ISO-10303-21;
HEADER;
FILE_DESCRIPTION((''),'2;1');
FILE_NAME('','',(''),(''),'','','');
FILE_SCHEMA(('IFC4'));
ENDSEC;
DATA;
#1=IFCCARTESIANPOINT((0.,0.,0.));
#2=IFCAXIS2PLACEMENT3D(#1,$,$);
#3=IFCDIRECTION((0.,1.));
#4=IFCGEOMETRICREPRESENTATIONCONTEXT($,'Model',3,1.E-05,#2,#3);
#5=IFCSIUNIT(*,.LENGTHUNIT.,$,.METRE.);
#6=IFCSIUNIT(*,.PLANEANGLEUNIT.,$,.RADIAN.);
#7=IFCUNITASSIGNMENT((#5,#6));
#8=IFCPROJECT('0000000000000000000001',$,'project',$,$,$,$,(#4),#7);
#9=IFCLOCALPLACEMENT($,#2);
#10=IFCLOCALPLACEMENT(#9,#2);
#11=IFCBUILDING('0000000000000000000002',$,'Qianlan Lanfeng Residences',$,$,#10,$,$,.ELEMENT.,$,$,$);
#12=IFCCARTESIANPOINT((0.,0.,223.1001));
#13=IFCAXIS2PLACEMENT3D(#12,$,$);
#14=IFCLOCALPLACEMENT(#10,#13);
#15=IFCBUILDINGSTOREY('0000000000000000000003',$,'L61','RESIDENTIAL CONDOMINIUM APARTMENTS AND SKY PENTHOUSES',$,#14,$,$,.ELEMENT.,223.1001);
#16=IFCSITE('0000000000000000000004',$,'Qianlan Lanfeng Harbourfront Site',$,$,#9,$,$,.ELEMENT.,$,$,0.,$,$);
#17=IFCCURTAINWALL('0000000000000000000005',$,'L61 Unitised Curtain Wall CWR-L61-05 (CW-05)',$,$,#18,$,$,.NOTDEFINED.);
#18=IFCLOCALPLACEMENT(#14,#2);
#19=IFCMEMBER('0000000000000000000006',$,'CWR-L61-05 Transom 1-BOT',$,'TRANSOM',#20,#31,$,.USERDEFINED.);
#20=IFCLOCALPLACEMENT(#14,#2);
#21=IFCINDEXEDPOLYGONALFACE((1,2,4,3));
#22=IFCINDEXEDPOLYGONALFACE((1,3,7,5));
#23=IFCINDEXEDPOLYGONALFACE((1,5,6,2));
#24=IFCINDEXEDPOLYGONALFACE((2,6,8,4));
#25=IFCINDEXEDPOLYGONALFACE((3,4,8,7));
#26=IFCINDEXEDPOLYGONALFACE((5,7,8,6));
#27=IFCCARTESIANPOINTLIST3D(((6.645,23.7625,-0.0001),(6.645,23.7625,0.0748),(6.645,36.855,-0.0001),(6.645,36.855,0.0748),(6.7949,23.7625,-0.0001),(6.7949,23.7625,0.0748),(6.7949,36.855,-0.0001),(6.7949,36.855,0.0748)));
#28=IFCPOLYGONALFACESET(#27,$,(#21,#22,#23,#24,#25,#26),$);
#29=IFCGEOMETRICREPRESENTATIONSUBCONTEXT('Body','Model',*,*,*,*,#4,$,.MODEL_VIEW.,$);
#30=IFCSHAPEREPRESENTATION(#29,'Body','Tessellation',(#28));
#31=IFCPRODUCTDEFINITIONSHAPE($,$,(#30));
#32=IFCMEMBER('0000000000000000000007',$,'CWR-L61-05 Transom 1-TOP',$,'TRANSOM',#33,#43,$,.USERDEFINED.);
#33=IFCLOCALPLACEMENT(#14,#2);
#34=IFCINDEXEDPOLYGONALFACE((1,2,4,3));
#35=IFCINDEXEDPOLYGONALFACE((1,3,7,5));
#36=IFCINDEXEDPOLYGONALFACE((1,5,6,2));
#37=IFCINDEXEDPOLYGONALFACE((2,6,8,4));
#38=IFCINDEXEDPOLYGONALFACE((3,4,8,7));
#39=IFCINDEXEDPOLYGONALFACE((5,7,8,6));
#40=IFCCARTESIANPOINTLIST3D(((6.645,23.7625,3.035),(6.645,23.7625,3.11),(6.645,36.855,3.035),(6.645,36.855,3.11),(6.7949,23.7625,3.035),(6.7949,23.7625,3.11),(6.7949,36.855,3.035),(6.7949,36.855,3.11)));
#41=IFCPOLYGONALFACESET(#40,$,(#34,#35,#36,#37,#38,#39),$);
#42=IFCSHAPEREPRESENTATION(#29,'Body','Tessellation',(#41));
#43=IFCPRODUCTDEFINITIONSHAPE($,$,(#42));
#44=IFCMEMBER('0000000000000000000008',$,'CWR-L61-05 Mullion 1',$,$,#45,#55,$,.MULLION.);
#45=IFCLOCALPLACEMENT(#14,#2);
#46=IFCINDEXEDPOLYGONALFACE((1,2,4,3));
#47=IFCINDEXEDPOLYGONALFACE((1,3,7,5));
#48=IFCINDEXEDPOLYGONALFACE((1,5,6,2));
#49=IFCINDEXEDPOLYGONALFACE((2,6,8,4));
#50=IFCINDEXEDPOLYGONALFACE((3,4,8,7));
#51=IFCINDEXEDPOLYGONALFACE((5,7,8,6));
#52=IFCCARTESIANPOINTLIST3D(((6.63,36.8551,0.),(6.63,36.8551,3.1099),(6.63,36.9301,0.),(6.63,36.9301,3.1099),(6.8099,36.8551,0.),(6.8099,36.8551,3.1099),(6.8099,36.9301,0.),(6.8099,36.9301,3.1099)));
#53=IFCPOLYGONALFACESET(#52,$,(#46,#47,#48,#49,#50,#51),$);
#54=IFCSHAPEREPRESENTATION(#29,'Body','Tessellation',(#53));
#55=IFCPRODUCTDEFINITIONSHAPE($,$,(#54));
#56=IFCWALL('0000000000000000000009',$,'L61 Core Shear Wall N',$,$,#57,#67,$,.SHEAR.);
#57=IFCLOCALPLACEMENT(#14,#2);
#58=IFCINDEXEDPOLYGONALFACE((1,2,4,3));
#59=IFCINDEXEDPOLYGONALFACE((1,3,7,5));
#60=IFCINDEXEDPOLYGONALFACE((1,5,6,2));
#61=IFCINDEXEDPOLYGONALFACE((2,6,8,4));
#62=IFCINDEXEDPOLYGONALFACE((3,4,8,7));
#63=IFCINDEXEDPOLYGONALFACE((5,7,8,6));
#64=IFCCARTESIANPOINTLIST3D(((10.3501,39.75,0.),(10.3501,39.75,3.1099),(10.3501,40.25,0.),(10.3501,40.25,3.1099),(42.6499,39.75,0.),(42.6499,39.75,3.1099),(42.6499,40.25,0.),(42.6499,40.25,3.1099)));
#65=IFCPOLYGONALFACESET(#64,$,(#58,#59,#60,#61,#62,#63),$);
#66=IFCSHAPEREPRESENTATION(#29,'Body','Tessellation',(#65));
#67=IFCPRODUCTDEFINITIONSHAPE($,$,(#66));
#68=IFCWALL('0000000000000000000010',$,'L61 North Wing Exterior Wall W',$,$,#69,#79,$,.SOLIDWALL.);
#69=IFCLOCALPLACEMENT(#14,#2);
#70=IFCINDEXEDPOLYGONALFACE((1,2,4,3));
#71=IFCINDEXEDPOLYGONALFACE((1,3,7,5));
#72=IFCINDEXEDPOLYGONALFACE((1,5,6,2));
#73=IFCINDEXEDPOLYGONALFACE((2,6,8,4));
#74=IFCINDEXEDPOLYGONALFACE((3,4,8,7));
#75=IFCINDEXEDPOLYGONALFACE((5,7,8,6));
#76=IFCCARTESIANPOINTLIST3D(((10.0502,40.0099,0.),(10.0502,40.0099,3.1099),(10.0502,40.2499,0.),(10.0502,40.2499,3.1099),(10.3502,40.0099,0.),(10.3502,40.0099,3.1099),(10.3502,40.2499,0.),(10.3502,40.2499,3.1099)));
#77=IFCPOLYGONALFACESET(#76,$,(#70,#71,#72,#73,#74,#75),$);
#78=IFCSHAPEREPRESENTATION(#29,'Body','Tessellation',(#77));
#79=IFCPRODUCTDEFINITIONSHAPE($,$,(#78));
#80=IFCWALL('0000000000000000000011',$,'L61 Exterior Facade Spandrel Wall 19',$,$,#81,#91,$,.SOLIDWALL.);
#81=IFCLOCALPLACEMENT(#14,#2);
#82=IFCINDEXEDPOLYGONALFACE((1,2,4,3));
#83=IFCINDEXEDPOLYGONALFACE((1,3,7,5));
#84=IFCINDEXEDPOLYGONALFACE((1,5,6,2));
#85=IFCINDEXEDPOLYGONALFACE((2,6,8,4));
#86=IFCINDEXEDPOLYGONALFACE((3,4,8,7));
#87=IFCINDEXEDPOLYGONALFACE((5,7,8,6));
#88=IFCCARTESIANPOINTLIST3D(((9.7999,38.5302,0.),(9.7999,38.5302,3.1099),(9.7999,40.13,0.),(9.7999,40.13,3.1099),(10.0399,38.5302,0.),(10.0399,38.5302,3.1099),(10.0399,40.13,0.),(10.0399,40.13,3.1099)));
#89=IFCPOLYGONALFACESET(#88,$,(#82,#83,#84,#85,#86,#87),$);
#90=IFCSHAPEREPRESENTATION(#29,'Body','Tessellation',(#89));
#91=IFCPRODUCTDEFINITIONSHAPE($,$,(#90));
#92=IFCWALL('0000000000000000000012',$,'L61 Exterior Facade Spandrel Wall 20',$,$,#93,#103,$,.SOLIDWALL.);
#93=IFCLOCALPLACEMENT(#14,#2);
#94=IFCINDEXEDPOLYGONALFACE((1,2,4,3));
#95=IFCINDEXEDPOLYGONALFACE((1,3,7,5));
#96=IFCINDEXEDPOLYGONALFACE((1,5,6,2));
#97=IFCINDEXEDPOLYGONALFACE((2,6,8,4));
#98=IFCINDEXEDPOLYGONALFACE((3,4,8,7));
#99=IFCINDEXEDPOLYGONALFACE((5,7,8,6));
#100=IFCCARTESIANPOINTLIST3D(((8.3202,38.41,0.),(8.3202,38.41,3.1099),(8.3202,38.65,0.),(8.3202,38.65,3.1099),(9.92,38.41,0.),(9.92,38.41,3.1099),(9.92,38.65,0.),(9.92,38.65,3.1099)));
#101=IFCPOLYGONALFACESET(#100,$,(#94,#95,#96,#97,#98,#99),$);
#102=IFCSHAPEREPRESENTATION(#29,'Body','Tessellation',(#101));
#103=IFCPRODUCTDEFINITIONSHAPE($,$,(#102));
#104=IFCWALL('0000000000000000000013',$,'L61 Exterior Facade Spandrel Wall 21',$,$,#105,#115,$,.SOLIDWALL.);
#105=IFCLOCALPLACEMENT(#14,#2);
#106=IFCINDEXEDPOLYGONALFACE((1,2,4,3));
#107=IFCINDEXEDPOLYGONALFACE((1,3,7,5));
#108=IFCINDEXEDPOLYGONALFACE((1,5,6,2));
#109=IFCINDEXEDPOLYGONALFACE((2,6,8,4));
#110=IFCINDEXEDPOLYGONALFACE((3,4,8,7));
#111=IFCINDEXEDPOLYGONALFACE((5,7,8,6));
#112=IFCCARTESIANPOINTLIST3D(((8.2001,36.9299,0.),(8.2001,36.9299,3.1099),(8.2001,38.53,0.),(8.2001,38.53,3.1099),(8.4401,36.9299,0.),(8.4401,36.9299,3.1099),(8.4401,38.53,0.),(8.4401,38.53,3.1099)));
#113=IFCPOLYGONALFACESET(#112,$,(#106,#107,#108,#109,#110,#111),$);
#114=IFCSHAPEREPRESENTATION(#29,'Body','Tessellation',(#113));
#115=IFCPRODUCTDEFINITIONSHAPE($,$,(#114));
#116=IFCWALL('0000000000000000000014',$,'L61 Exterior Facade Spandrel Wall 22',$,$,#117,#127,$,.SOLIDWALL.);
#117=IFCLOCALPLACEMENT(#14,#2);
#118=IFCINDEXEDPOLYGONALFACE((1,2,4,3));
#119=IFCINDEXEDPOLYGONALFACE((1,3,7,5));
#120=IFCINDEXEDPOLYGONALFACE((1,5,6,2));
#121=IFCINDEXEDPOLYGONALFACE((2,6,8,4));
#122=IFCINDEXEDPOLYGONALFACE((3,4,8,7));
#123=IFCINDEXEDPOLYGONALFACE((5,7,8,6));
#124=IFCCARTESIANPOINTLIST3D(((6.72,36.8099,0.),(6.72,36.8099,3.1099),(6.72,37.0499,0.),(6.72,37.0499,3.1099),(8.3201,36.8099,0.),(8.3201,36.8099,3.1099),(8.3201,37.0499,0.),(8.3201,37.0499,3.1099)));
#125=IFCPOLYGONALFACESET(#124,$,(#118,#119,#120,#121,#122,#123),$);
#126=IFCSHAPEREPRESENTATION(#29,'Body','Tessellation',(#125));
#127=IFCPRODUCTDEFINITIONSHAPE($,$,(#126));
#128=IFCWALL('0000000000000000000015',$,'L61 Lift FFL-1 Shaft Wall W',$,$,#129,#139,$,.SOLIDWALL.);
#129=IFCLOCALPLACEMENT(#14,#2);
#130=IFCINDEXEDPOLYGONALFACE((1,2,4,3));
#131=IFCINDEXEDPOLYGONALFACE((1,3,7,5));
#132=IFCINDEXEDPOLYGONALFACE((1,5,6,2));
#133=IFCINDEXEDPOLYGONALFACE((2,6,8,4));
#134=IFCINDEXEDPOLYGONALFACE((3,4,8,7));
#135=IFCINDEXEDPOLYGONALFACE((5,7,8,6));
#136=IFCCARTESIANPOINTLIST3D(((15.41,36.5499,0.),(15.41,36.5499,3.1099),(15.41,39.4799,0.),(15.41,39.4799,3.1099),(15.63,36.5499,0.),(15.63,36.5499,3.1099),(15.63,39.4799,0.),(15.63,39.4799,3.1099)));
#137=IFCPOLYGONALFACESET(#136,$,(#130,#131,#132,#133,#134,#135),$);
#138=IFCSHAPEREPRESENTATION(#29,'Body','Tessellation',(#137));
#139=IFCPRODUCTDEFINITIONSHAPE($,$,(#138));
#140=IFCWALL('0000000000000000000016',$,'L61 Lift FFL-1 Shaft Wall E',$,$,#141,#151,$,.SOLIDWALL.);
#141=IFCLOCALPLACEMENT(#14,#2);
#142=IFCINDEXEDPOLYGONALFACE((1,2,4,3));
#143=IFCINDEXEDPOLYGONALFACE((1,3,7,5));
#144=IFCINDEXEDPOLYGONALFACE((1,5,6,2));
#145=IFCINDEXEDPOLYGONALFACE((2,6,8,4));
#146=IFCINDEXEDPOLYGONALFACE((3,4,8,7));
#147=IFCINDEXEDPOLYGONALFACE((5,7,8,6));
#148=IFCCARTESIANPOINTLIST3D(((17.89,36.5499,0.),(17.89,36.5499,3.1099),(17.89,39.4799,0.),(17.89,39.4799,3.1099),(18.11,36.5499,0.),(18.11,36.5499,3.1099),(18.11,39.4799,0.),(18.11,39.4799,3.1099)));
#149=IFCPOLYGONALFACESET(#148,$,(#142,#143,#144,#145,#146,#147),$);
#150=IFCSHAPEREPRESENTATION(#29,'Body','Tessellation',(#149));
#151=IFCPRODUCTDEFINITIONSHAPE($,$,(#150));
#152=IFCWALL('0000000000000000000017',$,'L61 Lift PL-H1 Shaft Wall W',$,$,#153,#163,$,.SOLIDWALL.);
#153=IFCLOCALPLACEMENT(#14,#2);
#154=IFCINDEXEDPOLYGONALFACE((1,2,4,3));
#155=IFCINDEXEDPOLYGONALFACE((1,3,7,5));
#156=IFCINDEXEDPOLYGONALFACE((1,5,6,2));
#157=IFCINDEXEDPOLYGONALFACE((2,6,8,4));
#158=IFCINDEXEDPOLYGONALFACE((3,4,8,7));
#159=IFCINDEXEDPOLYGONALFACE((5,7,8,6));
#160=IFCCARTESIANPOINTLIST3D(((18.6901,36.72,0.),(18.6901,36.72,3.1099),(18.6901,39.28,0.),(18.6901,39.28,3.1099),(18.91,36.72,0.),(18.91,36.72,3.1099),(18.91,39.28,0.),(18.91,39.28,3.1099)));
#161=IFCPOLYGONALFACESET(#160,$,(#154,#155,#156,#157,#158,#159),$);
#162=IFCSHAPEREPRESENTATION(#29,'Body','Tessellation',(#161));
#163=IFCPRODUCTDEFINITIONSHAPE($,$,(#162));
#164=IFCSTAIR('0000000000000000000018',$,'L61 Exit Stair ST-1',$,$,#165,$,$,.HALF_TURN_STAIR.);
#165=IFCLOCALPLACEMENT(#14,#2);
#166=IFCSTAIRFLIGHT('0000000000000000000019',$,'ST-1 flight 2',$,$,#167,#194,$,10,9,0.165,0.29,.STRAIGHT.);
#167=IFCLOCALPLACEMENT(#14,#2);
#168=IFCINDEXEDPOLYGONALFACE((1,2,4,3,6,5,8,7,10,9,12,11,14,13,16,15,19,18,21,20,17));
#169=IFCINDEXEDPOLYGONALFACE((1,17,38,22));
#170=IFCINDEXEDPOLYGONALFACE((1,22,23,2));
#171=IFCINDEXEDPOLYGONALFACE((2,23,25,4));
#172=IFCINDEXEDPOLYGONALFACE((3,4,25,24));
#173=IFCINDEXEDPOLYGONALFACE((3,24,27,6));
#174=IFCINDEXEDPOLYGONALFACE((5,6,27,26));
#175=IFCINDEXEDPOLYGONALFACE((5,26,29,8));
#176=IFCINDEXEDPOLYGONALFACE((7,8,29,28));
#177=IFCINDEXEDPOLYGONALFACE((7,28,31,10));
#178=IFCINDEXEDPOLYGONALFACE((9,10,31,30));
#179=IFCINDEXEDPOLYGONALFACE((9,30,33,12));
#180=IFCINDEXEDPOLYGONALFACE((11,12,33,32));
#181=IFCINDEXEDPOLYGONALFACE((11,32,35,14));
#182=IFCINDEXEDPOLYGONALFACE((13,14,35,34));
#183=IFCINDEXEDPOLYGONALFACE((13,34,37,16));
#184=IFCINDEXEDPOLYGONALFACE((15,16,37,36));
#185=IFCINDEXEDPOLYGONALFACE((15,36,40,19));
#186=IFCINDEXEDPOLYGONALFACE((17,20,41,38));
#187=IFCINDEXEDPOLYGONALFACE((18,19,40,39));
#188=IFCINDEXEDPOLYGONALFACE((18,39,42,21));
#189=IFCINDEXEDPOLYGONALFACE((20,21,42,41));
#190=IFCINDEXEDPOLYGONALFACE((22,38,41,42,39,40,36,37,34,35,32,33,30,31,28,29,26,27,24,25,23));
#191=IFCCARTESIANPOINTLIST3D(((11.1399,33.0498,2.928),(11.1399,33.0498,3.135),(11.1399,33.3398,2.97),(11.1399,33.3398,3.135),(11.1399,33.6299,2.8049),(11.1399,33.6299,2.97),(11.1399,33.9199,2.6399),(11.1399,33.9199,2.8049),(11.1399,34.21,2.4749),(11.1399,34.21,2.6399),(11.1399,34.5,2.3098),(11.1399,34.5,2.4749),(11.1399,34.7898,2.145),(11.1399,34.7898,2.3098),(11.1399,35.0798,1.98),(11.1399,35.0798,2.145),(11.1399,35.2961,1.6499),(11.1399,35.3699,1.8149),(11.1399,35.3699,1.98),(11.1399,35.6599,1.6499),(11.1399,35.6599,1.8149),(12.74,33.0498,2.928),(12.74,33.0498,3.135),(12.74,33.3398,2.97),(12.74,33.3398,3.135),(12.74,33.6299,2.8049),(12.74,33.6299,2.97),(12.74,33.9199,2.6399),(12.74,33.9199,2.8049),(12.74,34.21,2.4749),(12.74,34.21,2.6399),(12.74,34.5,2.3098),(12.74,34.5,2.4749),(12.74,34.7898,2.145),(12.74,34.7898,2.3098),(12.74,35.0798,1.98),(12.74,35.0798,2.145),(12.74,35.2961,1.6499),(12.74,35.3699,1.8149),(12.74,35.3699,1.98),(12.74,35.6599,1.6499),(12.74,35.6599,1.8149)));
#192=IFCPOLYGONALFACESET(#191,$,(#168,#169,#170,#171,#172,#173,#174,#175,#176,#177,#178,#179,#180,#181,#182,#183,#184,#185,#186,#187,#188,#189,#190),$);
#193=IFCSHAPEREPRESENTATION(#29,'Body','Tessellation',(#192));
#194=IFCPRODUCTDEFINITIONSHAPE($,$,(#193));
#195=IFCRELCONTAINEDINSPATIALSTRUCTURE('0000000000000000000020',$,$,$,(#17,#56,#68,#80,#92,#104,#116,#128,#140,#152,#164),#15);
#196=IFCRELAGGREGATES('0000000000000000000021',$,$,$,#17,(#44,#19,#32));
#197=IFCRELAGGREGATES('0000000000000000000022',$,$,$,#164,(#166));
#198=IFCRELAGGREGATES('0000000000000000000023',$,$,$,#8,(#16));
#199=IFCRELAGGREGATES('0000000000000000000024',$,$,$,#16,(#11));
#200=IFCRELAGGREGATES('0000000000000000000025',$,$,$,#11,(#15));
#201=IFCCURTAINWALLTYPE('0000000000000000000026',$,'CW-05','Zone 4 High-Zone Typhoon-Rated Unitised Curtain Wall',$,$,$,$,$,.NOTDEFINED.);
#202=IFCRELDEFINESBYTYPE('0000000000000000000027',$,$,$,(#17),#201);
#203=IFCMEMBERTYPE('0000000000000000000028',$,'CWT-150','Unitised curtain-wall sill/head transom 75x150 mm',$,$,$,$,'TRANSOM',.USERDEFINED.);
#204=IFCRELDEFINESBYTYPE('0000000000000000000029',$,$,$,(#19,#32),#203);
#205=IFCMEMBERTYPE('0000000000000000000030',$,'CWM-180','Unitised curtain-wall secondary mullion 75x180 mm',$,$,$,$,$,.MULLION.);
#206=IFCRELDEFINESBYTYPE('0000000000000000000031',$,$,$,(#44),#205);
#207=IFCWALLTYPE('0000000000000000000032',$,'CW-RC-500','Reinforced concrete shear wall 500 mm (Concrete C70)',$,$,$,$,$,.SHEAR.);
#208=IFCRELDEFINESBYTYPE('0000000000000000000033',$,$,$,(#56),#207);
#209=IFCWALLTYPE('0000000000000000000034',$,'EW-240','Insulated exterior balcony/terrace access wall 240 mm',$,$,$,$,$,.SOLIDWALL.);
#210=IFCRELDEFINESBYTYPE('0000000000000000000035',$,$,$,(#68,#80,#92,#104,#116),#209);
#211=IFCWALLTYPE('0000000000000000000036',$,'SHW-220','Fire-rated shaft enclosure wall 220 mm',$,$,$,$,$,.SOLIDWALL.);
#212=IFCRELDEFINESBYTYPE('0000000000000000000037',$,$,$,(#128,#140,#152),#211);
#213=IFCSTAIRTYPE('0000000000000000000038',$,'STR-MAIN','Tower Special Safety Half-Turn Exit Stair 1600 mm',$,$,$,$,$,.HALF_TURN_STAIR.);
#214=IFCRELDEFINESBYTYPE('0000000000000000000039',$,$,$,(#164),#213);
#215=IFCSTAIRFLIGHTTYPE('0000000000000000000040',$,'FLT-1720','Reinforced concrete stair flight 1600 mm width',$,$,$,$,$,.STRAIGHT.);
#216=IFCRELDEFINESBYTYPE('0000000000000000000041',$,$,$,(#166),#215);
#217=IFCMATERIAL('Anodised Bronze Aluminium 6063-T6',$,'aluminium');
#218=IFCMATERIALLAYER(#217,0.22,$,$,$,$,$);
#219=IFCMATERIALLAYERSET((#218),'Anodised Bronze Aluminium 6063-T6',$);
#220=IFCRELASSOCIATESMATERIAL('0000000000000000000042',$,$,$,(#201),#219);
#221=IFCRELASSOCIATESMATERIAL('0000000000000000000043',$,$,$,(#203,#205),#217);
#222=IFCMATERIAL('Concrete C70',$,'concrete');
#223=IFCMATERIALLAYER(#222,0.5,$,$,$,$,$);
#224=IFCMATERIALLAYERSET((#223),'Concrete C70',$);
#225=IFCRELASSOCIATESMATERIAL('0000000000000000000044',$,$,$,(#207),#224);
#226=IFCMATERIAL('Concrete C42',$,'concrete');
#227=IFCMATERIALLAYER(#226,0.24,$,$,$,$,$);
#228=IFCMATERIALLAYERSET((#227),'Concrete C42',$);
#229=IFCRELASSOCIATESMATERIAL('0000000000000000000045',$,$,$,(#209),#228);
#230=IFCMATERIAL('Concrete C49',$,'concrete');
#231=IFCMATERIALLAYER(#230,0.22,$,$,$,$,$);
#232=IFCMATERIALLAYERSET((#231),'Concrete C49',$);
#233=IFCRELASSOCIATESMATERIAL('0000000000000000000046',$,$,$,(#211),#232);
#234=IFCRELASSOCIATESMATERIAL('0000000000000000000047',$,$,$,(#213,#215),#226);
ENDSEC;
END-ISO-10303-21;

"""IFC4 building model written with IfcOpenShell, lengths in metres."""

from ifc_helpers import new_model, si_unit, direction, frame, frame_2d, origin, origin_2d, place, context, subcontext, project, spatial, polyline, rectangle, outline, extrude, source, transform, mapped, material, layer, layer_set, material_profile, profile_set, type_object, element, aggregate, save


model = new_model("IFC4")

# Units and contexts
model_context = context("Model", 3, precision=1e-05, world=origin(), true_north=direction((0.0, 1.0)))
body_context = subcontext(model_context, "Body", "Model", "MODEL_VIEW")
ifc_project = project(units=[si_unit("LENGTHUNIT", "METRE"), si_unit("PLANEANGLEUNIT", "RADIAN")], contexts=[model_context])

# Site, building, storey
site_placement = place(None, origin())
site = spatial("IfcSite", under=ifc_project, at=site_placement, Name="Qianlan Lanfeng Harbourfront Site", CompositionType="ELEMENT", RefElevation=0.0)
building_placement = place(site_placement, origin())
building = spatial("IfcBuilding", under=site, at=building_placement, Name="Qianlan Lanfeng Residences", CompositionType="ELEMENT")
storey_placement = place(building_placement, frame((0.0, 0.0, 223.1001)))
storey = spatial("IfcBuildingStorey", under=building, at=storey_placement, Name="L61", Description="RESIDENTIAL CONDOMINIUM APARTMENTS AND SKY PENTHOUSES", CompositionType="ELEMENT", Elevation=223.1001)

# Curtain wall, members
ifc_material_1 = material(Name="Anodised Bronze Aluminium 6063-T6", Category="aluminium")
ifc_layer_1 = layer(ifc_material_1, 0.22)
ifc_layer_set_1 = layer_set([ifc_layer_1], Name="Anodised Bronze Aluminium 6063-T6")
curtain_wall_type = type_object("IfcCurtainWallType", Name="CW-05", Description="Zone 4 High-Zone Typhoon-Rated Unitised Curtain Wall", PredefinedType="NOTDEFINED", material=ifc_layer_set_1)
curtain_wall_placement = place(storey_placement, origin())
curtain_wall = element("IfcCurtainWall", 1, at=curtain_wall_placement, inside=storey, type_object=curtain_wall_type, Name="L61 Unitised Curtain Wall CWR-L61-05 (CW-05)", PredefinedType="NOTDEFINED")
ifc_material_profile_1 = material_profile(ifc_material_1, rectangle(XDim=0.075, YDim=0.1499, at=origin_2d()), Name="ALU TRANSOM 75x150")
ifc_profile_set_1 = profile_set([ifc_material_profile_1], Name="Anodised Bronze Aluminium 6063-T6")
member_type_1 = type_object("IfcMemberType", Name="CWT-150", Description="Unitised curtain-wall sill/head transom 75x150 mm", ElementType="TRANSOM", PredefinedType="USERDEFINED", material=ifc_profile_set_1)
shared_shape_1 = source(origin(), body_context, "Body", "SweptSolid", [
    extrude(rectangle(XDim=0.075, YDim=0.1499, at=origin_2d()), origin(), (0.0, 0.0, 1.0), 13.0925),
])
member_1_placement = place(storey_placement, frame((6.72, 36.855, 0.0374), z_axis=(0.0, -1.0, 0.0), x_axis=(0.0, 0.0, 1.0)))
member_1 = element("IfcMember", 2, at=member_1_placement, type_object=member_type_1, Name="CWR-L61-05 Transom 1-BOT", ObjectType="TRANSOM", PredefinedType="USERDEFINED", context=body_context, shape_type="MappedRepresentation", body=[
    mapped(shared_shape_1, transform((0.0, 0.0, 0.0), scale=1.0)),
])
member_2_placement = place(storey_placement, frame((6.72, 36.855, 3.0725), z_axis=(0.0, -1.0, 0.0), x_axis=(0.0, 0.0, 1.0)))
member_2 = element("IfcMember", 3, at=member_2_placement, type_object=member_type_1, Name="CWR-L61-05 Transom 1-TOP", ObjectType="TRANSOM", PredefinedType="USERDEFINED", context=body_context, shape_type="MappedRepresentation", body=[
    mapped(shared_shape_1, transform((0.0, 0.0, 0.0), scale=1.0)),
])
ifc_material_profile_2 = material_profile(ifc_material_1, rectangle(XDim=0.075, YDim=0.1799, at=origin_2d()), Name="ALU MULLION 75x180")
ifc_profile_set_2 = profile_set([ifc_material_profile_2], Name="Anodised Bronze Aluminium 6063-T6")
member_type_2 = type_object("IfcMemberType", Name="CWM-180", Description="Unitised curtain-wall secondary mullion 75x180 mm", PredefinedType="MULLION", material=ifc_profile_set_2)
shared_shape_2 = source(origin(), body_context, "Body", "SweptSolid", [
    extrude(rectangle(XDim=0.075, YDim=0.1799, at=origin_2d()), origin(), (0.0, 0.0, 1.0), 3.1099),
])
member_3_placement = place(storey_placement, frame((6.72, 36.8926, 0.0), z_axis=(0.0, 0.0, 1.0), x_axis=(0.0, -1.0, 0.0)))
member_3 = element("IfcMember", 4, at=member_3_placement, type_object=member_type_2, Name="CWR-L61-05 Mullion 1", PredefinedType="MULLION", context=body_context, shape_type="MappedRepresentation", body=[
    mapped(shared_shape_2, transform((0.0, 0.0, 0.0), scale=1.0)),
])
aggregate(curtain_wall, [member_3, member_1, member_2])

# Shared definitions
ifc_material_2 = material(Name="Concrete C49", Category="concrete")

# Walls
ifc_material_3 = material(Name="Concrete C70", Category="concrete")
ifc_layer_2 = layer(ifc_material_3, 0.5)
ifc_layer_set_2 = layer_set([ifc_layer_2], Name="Concrete C70")
wall_type_1 = type_object("IfcWallType", Name="CW-RC-500", Description="Reinforced concrete shear wall 500 mm (Concrete C70)", PredefinedType="SHEAR", material=ifc_layer_set_2)
wall_1_placement = place(storey_placement, frame((10.3501, 40.0, 0.0), z_axis=(0.0, 0.0, 1.0), x_axis=(1.0, 0.0, 0.0)))
element("IfcWall", 5, at=wall_1_placement, inside=storey, type_object=wall_type_1, Name="L61 Core Shear Wall N", PredefinedType="SHEAR", context=body_context, shape_type="SweptSolid", body=[
    extrude(rectangle(XDim=32.2998, YDim=0.5, at=frame_2d((16.1499, 0.0))), origin(), (0.0, 0.0, 1.0), 3.1099),
])
ifc_material_4 = material(Name="Concrete C42", Category="concrete")
ifc_layer_3 = layer(ifc_material_4, 0.24)
ifc_layer_set_3 = layer_set([ifc_layer_3], Name="Concrete C42")
wall_type_2 = type_object("IfcWallType", Name="EW-240", Description="Insulated exterior balcony/terrace access wall 240 mm", PredefinedType="SOLIDWALL", material=ifc_layer_set_3)
wall_2_placement = place(storey_placement, frame((10.3501, 40.1299, 0.0), z_axis=(0.0, 0.0, 1.0), x_axis=(-1.0, 0.0, 0.0)))
element("IfcWall", 6, at=wall_2_placement, inside=storey, type_object=wall_type_2, Name="L61 North Wing Exterior Wall W", PredefinedType="SOLIDWALL", context=body_context, shape_type="SweptSolid", body=[
    extrude(rectangle(XDim=0.3, YDim=0.24, at=frame_2d((0.1499, 0.0))), origin(), (0.0, 0.0, 1.0), 3.1099),
])
for number, where, z_axis, x_axis, name in (
    (7, (9.9199, 40.1299, 0.0), (0.0, 0.0, 1.0), (0.0, -1.0, 0.0), "L61 Exterior Facade Spandrel Wall 19"),
    (8, (9.9199, 38.53, 0.0), (0.0, 0.0, 1.0), (-1.0, 0.0, 0.0), "L61 Exterior Facade Spandrel Wall 20"),
):
    element("IfcWall", number, at=place(storey_placement, frame(where, z_axis=z_axis, x_axis=x_axis)), inside=storey, type_object=wall_type_2, Name=name, PredefinedType="SOLIDWALL", context=body_context, shape_type="SweptSolid", body=[
        extrude(rectangle(XDim=1.5999, YDim=0.24, at=frame_2d((0.7998, 0.0))), origin(), (0.0, 0.0, 1.0), 3.1099),
    ])
for number, where, z_axis, x_axis, name in (
    (9, (8.3201, 38.53, 0.0), (0.0, 0.0, 1.0), (0.0, -1.0, 0.0), "L61 Exterior Facade Spandrel Wall 21"),
    (10, (8.3201, 36.9299, 0.0), (0.0, 0.0, 1.0), (-1.0, 0.0, 0.0), "L61 Exterior Facade Spandrel Wall 22"),
):
    element("IfcWall", number, at=place(storey_placement, frame(where, z_axis=z_axis, x_axis=x_axis)), inside=storey, type_object=wall_type_2, Name=name, PredefinedType="SOLIDWALL", context=body_context, shape_type="SweptSolid", body=[
        extrude(rectangle(XDim=1.6001, YDim=0.24, at=frame_2d((0.8, 0.0))), origin(), (0.0, 0.0, 1.0), 3.1099),
    ])
ifc_layer_4 = layer(ifc_material_2, 0.22)
ifc_layer_set_4 = layer_set([ifc_layer_4], Name="Concrete C49")
wall_type_3 = type_object("IfcWallType", Name="SHW-220", Description="Fire-rated shaft enclosure wall 220 mm", PredefinedType="SOLIDWALL", material=ifc_layer_set_4)
for number, where, z_axis, x_axis, name in (
    (11, (15.52, 36.55, 0.0), (0.0, 0.0, 1.0), (0.0, 1.0, 0.0), "L61 Lift FFL-1 Shaft Wall W"),
    (12, (18.0, 36.55, 0.0), (0.0, 0.0, 1.0), (0.0, 1.0, 0.0), "L61 Lift FFL-1 Shaft Wall E"),
):
    element("IfcWall", number, at=place(storey_placement, frame(where, z_axis=z_axis, x_axis=x_axis)), inside=storey, type_object=wall_type_3, Name=name, PredefinedType="SOLIDWALL", context=body_context, shape_type="SweptSolid", body=[
        extrude(rectangle(XDim=2.9299, YDim=0.22, at=frame_2d((1.4648, 0.0))), origin(), (0.0, 0.0, 1.0), 3.1099),
    ])
wall_3_placement = place(storey_placement, frame((18.8, 36.72, 0.0), z_axis=(0.0, 0.0, 1.0), x_axis=(0.0, 1.0, 0.0)))
element("IfcWall", 13, at=wall_3_placement, inside=storey, type_object=wall_type_3, Name="L61 Lift PL-H1 Shaft Wall W", PredefinedType="SOLIDWALL", context=body_context, shape_type="SweptSolid", body=[
    extrude(rectangle(XDim=2.5601, YDim=0.22, at=frame_2d((1.28, 0.0))), origin(), (0.0, 0.0, 1.0), 3.1099),
])

# Stair, stair flight
stair_type = type_object("IfcStairType", Name="STR-MAIN", Description="Tower Special Safety Half-Turn Exit Stair 1600 mm", PredefinedType="HALF_TURN_STAIR", material=ifc_material_4)
stair_placement = place(storey_placement, origin())
stair = element("IfcStair", 14, at=stair_placement, inside=storey, type_object=stair_type, Name="L61 Exit Stair ST-1", PredefinedType="HALF_TURN_STAIR")
stair_flight_type = type_object("IfcStairFlightType", Name="FLT-1720", Description="Reinforced concrete stair flight 1600 mm width", PredefinedType="STRAIGHT", material=ifc_material_4)
stair_flight_placement = place(storey_placement, frame((11.9399, 35.6599, 1.6499), z_axis=(0.0, 0.0, 1.0), x_axis=(0.0, -1.0, 0.0)))
stair_flight = element("IfcStairFlight", 15, at=stair_flight_placement, type_object=stair_flight_type, Name="ST-1 flight 2", NumberOfRisers=10, NumberOfTreads=9, PredefinedType="STRAIGHT", RiserHeight=0.165, TreadLength=0.29, context=body_context, shape_type="SweptSolid", body=[
    extrude(outline(polyline([(0.0, 0.0), (0.0, 0.165), (0.29, 0.165), (0.29, 0.3301), (0.5801, 0.3301), (0.5801, 0.4951), (0.8701, 0.4951), (0.8701, 0.6599), (1.1599, 0.6599), (1.1599, 0.825), (1.45, 0.825), (1.45, 0.99), (1.74, 0.99), (1.74, 1.155), (2.03, 1.155), (2.03, 1.3201), (2.3201, 1.3201), (2.3201, 1.4851), (2.6101, 1.4851), (2.6101, 1.6499), (2.6101, 1.2781), (0.3638, 0.0), (0.0, 0.0)])), frame((0.0, 0.8, 0.0), z_axis=(0.0, -1.0, 0.0), x_axis=(1.0, 0.0, 0.0)), (0.0, 0.0, 1.0), 1.6001),
])
aggregate(stair, [stair_flight])

save(model, "model.ifc")
